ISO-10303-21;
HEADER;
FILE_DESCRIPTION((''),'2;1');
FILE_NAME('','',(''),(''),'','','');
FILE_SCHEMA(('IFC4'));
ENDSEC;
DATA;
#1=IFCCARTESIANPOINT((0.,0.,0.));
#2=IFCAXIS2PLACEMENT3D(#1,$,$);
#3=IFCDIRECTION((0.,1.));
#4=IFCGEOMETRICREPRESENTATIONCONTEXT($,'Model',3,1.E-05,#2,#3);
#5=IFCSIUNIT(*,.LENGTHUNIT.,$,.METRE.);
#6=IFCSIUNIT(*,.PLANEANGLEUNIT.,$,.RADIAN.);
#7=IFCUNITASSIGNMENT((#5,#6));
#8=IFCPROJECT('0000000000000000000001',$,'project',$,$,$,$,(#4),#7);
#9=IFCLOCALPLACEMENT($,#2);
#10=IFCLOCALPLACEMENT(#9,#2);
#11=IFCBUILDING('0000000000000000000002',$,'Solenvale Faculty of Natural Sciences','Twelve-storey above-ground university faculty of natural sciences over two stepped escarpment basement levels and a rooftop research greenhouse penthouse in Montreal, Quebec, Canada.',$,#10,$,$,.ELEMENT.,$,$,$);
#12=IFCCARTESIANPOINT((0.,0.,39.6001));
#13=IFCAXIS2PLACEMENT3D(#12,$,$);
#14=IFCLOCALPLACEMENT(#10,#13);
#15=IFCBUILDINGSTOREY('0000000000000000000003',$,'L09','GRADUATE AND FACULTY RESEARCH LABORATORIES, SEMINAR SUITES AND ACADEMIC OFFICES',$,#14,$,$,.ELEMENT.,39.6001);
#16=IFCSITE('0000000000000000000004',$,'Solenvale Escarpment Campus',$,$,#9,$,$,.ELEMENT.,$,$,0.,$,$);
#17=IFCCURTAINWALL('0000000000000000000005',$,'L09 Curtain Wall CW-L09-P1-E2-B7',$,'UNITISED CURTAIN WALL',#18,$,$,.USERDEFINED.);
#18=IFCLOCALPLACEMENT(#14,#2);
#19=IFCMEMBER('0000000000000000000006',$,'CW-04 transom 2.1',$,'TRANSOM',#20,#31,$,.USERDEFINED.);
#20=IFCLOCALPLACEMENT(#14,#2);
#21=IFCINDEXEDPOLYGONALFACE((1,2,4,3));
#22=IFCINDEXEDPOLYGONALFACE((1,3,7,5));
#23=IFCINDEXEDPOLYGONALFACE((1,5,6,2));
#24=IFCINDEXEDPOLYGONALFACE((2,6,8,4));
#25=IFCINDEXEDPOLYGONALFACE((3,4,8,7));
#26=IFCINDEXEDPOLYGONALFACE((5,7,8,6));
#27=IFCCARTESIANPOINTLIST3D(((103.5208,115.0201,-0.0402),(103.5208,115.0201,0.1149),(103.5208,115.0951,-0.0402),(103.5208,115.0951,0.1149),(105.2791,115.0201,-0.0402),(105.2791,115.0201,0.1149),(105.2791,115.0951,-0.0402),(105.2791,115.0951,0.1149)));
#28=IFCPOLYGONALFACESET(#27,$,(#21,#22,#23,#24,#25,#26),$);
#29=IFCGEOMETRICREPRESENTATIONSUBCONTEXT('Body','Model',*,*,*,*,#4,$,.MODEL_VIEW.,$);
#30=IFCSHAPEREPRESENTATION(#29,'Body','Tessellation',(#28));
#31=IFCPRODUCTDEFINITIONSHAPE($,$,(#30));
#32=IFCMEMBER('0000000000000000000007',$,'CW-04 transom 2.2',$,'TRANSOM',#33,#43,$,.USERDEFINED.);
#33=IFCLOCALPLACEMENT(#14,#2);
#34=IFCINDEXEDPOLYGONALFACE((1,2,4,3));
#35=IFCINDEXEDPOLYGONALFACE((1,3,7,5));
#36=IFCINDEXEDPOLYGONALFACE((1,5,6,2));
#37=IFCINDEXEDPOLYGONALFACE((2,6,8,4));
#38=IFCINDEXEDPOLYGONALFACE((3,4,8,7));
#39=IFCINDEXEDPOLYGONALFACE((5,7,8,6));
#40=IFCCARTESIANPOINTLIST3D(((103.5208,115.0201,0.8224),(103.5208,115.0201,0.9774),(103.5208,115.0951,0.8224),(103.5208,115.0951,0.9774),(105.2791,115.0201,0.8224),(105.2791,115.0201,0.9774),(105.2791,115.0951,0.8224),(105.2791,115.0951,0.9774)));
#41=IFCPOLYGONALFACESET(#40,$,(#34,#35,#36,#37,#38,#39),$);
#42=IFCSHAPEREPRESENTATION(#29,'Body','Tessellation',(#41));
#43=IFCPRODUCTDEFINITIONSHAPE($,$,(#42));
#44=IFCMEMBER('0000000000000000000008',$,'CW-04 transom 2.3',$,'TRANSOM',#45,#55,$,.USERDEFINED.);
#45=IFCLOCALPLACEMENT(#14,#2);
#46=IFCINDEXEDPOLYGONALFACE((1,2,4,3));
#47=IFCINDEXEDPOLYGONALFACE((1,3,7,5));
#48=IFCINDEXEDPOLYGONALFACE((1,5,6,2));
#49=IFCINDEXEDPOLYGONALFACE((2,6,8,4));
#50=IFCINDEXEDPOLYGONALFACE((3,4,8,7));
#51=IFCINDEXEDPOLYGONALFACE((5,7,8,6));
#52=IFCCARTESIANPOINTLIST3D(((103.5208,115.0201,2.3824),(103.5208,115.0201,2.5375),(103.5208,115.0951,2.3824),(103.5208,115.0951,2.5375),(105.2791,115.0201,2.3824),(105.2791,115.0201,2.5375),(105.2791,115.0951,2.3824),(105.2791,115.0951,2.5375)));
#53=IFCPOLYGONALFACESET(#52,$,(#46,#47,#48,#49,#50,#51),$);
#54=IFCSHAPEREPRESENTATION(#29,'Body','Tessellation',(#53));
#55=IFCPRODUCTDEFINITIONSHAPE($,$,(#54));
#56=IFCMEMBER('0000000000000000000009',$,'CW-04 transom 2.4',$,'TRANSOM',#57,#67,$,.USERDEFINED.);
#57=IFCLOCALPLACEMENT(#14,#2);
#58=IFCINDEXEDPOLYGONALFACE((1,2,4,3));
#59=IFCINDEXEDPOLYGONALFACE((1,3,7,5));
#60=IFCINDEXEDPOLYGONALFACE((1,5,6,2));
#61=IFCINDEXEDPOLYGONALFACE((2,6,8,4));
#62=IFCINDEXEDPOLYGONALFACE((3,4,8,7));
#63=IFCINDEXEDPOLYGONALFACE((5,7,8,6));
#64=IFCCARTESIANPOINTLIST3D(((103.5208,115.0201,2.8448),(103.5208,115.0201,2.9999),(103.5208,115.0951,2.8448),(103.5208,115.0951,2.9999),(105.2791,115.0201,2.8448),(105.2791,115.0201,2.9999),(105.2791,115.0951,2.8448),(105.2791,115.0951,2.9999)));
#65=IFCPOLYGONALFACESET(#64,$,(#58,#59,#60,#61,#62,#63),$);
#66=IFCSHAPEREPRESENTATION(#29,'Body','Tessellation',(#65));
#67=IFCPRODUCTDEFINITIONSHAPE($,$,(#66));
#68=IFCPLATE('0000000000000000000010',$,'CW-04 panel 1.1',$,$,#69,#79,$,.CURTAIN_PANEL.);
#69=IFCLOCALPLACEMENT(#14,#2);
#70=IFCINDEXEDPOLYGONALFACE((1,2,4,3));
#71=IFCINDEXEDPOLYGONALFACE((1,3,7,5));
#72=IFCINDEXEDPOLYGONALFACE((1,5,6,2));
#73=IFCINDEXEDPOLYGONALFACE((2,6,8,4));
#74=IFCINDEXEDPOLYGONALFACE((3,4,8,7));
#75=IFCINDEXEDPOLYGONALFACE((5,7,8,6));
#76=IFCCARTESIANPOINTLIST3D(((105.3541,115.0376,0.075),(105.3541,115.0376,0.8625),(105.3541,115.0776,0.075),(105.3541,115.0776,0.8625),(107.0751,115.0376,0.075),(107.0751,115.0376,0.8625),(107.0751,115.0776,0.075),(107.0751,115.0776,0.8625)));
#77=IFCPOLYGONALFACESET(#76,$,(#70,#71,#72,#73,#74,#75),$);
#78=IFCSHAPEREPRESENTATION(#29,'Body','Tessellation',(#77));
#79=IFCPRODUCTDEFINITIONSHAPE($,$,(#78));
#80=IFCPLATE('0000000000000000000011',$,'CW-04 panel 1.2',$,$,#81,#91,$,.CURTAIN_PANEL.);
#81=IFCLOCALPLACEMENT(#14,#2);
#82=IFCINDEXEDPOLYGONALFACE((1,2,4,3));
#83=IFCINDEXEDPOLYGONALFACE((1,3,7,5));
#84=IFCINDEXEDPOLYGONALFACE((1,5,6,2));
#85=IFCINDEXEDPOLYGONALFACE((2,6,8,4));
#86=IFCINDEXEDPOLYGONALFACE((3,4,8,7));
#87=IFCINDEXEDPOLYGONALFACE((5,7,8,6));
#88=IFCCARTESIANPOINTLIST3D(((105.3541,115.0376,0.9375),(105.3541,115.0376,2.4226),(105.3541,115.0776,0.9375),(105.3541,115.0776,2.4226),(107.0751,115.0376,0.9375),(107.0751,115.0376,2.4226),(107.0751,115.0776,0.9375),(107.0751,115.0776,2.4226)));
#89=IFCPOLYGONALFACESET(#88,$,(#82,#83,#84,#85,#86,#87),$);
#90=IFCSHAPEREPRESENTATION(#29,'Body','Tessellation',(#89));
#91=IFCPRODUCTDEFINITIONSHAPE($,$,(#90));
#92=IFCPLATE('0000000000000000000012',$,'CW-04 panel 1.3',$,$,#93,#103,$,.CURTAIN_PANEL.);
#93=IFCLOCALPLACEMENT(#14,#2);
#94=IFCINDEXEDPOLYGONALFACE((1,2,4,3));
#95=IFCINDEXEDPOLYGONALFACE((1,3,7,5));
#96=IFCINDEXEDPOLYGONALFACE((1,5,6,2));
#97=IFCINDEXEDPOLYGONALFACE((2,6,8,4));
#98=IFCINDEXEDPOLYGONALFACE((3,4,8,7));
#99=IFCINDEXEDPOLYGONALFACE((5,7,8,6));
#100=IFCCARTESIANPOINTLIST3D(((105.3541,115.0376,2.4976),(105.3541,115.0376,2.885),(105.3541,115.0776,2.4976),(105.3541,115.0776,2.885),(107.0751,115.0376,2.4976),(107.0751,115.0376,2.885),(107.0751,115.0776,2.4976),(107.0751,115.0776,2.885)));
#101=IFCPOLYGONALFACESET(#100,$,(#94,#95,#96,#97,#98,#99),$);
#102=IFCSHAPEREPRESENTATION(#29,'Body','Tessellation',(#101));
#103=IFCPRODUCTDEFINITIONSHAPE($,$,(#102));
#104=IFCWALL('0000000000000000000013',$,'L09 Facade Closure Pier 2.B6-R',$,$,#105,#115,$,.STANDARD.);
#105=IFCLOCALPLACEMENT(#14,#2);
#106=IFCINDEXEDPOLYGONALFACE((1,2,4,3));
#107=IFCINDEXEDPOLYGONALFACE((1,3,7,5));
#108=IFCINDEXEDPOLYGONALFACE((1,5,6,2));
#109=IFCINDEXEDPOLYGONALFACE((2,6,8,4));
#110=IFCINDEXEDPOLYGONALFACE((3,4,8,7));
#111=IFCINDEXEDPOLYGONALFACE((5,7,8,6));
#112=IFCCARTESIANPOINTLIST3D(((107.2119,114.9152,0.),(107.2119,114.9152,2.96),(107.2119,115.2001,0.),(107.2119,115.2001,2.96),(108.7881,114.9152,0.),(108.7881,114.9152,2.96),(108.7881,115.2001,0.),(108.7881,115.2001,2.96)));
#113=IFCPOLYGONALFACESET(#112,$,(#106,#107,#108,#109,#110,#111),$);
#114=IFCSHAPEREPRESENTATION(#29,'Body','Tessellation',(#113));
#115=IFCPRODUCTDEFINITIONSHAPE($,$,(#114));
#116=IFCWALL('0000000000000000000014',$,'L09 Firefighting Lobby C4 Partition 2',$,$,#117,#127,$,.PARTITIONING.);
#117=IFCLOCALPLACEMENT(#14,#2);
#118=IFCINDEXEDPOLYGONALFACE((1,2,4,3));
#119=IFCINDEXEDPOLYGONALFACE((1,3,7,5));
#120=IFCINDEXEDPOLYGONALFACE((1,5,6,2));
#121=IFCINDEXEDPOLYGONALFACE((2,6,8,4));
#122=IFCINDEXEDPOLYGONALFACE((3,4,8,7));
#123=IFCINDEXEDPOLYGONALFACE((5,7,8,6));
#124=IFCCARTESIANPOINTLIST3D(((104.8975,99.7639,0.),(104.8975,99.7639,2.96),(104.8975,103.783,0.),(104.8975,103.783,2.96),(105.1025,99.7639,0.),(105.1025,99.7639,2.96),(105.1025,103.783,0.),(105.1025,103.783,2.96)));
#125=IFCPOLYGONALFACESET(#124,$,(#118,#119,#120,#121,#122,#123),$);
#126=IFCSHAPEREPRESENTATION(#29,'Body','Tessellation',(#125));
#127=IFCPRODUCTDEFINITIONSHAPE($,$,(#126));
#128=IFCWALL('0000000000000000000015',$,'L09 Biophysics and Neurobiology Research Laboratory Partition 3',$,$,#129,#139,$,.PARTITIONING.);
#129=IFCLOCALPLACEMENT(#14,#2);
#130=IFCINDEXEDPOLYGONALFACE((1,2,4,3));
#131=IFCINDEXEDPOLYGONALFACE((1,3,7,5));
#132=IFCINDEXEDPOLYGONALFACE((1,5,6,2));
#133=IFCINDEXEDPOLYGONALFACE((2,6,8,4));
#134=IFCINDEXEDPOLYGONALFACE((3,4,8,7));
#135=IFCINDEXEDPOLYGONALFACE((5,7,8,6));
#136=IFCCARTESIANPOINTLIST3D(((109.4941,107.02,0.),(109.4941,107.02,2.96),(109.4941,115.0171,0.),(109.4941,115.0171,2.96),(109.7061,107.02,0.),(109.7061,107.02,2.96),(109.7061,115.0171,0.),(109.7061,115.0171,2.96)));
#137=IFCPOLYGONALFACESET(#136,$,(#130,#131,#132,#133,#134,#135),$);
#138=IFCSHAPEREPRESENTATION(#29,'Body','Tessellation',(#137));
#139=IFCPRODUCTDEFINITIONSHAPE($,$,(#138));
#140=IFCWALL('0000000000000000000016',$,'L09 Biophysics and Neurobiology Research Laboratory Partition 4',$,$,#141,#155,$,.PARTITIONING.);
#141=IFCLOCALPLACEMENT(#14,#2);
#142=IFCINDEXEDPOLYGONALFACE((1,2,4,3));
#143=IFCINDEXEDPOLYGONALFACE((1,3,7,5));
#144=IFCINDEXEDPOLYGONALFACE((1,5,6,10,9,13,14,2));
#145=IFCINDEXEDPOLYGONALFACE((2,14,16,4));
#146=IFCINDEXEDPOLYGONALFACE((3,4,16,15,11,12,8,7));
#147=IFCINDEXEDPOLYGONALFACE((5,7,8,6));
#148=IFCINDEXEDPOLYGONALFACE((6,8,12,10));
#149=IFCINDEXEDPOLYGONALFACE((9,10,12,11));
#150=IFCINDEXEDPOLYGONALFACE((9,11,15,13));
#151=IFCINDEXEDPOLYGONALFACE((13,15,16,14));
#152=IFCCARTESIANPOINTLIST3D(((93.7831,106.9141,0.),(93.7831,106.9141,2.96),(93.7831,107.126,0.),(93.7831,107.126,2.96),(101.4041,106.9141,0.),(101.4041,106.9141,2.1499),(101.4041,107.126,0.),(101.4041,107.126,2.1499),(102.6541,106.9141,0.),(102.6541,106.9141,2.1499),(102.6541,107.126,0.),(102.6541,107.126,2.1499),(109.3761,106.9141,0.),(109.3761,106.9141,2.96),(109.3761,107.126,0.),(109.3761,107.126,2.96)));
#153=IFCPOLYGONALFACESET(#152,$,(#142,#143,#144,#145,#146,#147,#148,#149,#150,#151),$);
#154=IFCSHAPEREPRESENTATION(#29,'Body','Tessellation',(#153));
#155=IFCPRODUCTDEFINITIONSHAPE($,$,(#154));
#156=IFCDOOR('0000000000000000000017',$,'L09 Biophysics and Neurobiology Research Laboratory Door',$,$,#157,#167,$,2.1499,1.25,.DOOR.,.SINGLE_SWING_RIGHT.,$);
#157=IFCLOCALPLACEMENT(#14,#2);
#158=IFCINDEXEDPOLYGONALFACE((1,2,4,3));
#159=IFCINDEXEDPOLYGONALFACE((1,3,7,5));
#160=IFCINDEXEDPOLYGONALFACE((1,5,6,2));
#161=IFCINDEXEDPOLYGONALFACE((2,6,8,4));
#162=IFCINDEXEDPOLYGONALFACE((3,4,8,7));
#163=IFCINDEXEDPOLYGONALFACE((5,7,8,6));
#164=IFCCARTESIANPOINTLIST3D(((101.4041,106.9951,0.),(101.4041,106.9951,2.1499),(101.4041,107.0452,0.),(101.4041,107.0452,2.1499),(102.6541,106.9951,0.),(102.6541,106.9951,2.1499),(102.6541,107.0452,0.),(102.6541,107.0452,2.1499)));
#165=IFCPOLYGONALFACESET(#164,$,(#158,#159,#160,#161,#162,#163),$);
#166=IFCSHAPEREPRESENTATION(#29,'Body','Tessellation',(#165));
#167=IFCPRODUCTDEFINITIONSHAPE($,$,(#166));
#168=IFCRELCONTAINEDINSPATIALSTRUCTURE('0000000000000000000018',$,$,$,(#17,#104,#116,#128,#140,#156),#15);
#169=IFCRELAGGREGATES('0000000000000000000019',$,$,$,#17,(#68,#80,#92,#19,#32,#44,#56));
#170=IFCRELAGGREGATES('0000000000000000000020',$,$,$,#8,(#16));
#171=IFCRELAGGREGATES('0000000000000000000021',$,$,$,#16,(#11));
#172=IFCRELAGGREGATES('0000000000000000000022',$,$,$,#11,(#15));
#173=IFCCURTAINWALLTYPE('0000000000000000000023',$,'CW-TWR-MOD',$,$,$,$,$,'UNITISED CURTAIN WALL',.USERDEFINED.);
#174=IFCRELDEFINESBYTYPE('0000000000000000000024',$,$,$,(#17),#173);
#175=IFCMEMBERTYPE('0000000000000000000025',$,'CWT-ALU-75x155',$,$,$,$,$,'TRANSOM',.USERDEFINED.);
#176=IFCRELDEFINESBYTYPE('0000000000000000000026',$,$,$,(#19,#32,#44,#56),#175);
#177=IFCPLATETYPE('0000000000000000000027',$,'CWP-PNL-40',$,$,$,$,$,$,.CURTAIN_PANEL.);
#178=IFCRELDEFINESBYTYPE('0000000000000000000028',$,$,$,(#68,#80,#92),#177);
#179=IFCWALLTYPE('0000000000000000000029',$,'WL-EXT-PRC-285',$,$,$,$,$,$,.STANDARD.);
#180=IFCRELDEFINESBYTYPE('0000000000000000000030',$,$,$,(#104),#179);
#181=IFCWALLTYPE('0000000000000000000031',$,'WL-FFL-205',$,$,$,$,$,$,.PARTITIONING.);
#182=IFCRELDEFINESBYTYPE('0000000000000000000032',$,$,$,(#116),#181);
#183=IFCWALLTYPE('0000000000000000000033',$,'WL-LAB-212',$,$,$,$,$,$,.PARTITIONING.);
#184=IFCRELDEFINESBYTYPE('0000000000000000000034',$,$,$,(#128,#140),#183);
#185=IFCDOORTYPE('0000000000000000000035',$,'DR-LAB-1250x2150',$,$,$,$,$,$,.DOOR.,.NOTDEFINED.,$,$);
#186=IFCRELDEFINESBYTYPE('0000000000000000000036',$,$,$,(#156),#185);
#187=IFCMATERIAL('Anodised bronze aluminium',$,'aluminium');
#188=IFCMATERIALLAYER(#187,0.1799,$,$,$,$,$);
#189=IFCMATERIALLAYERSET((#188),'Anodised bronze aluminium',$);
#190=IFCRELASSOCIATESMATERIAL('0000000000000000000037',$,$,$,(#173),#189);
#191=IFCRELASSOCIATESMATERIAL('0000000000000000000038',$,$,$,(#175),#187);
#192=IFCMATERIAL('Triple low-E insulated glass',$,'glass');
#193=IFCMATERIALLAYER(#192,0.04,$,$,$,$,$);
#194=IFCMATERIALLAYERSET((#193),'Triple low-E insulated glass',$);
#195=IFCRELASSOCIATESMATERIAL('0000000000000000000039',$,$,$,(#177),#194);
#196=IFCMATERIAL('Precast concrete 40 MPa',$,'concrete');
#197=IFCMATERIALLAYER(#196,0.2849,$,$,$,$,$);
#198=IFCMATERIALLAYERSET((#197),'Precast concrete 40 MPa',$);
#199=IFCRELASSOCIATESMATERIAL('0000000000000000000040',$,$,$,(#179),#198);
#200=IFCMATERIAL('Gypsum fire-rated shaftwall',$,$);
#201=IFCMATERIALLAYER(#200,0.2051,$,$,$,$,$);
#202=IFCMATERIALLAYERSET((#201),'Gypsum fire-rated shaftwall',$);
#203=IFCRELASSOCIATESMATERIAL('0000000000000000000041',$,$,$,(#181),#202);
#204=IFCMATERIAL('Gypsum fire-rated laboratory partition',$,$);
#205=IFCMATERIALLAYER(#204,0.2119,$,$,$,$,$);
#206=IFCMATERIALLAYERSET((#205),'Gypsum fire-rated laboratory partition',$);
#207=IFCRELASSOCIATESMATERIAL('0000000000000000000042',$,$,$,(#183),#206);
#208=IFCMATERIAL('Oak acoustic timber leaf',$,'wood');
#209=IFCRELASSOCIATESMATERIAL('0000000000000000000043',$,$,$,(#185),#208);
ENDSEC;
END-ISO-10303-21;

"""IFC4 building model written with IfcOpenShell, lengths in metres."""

from ifc_helpers import new_model, si_unit, direction, frame, frame_2d, origin, origin_2d, place, context, subcontext, project, spatial, rectangle, extrude, material, layer, layer_set, material_profile, profile_set, type_object, element, fill, aggregate, save


model = new_model("IFC4")

# Units and contexts
model_context = context("Model", 3, precision=1e-05, world=origin(), true_north=direction((0.0, 1.0)))
body_context = subcontext(model_context, "Body", "Model", "MODEL_VIEW")
ifc_project = project(units=[si_unit("LENGTHUNIT", "METRE"), si_unit("PLANEANGLEUNIT", "RADIAN")], contexts=[model_context])

# Site, building, storey
site_placement = place(None, origin())
site = spatial("IfcSite", under=ifc_project, at=site_placement, Name="Solenvale Escarpment Campus", CompositionType="ELEMENT", RefElevation=0.0)
building_placement = place(site_placement, origin())
building = spatial("IfcBuilding", under=site, at=building_placement, Name="Solenvale Faculty of Natural Sciences", Description="Twelve-storey above-ground university faculty of natural sciences over two stepped escarpment basement levels and a rooftop research greenhouse penthouse in Montreal, Quebec, Canada.", CompositionType="ELEMENT")
storey_placement = place(building_placement, frame((0.0, 0.0, 39.6001)))
storey = spatial("IfcBuildingStorey", under=building, at=storey_placement, Name="L09", Description="GRADUATE AND FACULTY RESEARCH LABORATORIES, SEMINAR SUITES AND ACADEMIC OFFICES", CompositionType="ELEMENT", Elevation=39.6001)

# Shared definitions
ifc_material_1 = material(Name="Anodised bronze aluminium", Category="aluminium")
ifc_layer_1 = layer(ifc_material_1, 0.1799)
ifc_layer_set_1 = layer_set([ifc_layer_1], Name="Anodised bronze aluminium")
curtain_wall_type = type_object("IfcCurtainWallType", Name="CW-TWR-MOD", ElementType="UNITISED CURTAIN WALL", PredefinedType="USERDEFINED", material=ifc_layer_set_1)

# Curtain wall, members, plates
curtain_wall_1_placement = place(storey_placement, origin())
curtain_wall_1 = element("IfcCurtainWall", 1, at=curtain_wall_1_placement, inside=storey, type_object=curtain_wall_type, Name="L09 Curtain Wall CW-L09-P1-E2-B7", ObjectType="UNITISED CURTAIN WALL", PredefinedType="USERDEFINED")
ifc_material_profile_1 = material_profile(ifc_material_1, rectangle(XDim=0.075, YDim=0.155, at=origin_2d()), Name="ALU-TRN-75x155")
ifc_profile_set_1 = profile_set([ifc_material_profile_1], Name="Anodised bronze aluminium")
member_type_1 = type_object("IfcMemberType", Name="CWT-ALU-75x155", ElementType="TRANSOM", PredefinedType="USERDEFINED", material=ifc_profile_set_1)
member_1_placement = place(storey_placement, frame((105.2791, 115.0576, 0.0374), z_axis=(-1.0, 0.0, 0.0), x_axis=(0.0, -1.0, 0.0)))
member_1 = element("IfcMember", 2, at=member_1_placement, type_object=member_type_1, Name="CW-04 transom 2.1", ObjectType="TRANSOM", PredefinedType="USERDEFINED", context=body_context, shape_type="SweptSolid", body=[
    extrude(rectangle(XDim=0.075, YDim=0.155, at=origin_2d()), origin(), (0.0, 0.0, 1.0), 1.7583),
])
member_2_placement = place(storey_placement, frame((105.2791, 115.0576, 0.8999), z_axis=(-1.0, 0.0, 0.0), x_axis=(0.0, -1.0, 0.0)))
member_2 = element("IfcMember", 3, at=member_2_placement, type_object=member_type_1, Name="CW-04 transom 2.2", ObjectType="TRANSOM", PredefinedType="USERDEFINED", context=body_context, shape_type="SweptSolid", body=[
    extrude(rectangle(XDim=0.075, YDim=0.155, at=origin_2d()), origin(), (0.0, 0.0, 1.0), 1.7583),
])
member_3_placement = place(storey_placement, frame((105.2791, 115.0576, 2.46), z_axis=(-1.0, 0.0, 0.0), x_axis=(0.0, -1.0, 0.0)))
member_3 = element("IfcMember", 4, at=member_3_placement, type_object=member_type_1, Name="CW-04 transom 2.3", ObjectType="TRANSOM", PredefinedType="USERDEFINED", context=body_context, shape_type="SweptSolid", body=[
    extrude(rectangle(XDim=0.075, YDim=0.155, at=origin_2d()), origin(), (0.0, 0.0, 1.0), 1.7583),
])
member_4_placement = place(storey_placement, frame((105.2791, 115.0576, 2.9224), z_axis=(-1.0, 0.0, 0.0), x_axis=(0.0, -1.0, 0.0)))
member_4 = element("IfcMember", 5, at=member_4_placement, type_object=member_type_1, Name="CW-04 transom 2.4", ObjectType="TRANSOM", PredefinedType="USERDEFINED", context=body_context, shape_type="SweptSolid", body=[
    extrude(rectangle(XDim=0.075, YDim=0.155, at=origin_2d()), origin(), (0.0, 0.0, 1.0), 1.7583),
])
ifc_material_2 = material(Name="Triple low-E insulated glass", Category="glass")
ifc_layer_2 = layer(ifc_material_2, 0.04)
ifc_layer_set_2 = layer_set([ifc_layer_2], Name="Triple low-E insulated glass")
plate_type = type_object("IfcPlateType", Name="CWP-PNL-40", PredefinedType="CURTAIN_PANEL", material=ifc_layer_set_2)
plate_1_placement = place(storey_placement, frame((106.2146, 115.0576, 0.075), z_axis=(0.0, 0.0, 1.0), x_axis=(-1.0, 0.0, 0.0)))
plate_1 = element("IfcPlate", 6, at=plate_1_placement, type_object=plate_type, Name="CW-04 panel 1.1", PredefinedType="CURTAIN_PANEL", context=body_context, shape_type="SweptSolid", body=[
    extrude(rectangle(XDim=1.7209, YDim=0.04, at=origin_2d()), origin(), (0.0, 0.0, 1.0), 0.7876),
])
plate_2_placement = place(storey_placement, frame((106.2146, 115.0576, 0.9375), z_axis=(0.0, 0.0, 1.0), x_axis=(-1.0, 0.0, 0.0)))
plate_2 = element("IfcPlate", 7, at=plate_2_placement, type_object=plate_type, Name="CW-04 panel 1.2", PredefinedType="CURTAIN_PANEL", context=body_context, shape_type="SweptSolid", body=[
    extrude(rectangle(XDim=1.7209, YDim=0.04, at=origin_2d()), origin(), (0.0, 0.0, 1.0), 1.4851),
])
plate_3_placement = place(storey_placement, frame((106.2146, 115.0576, 2.4976), z_axis=(0.0, 0.0, 1.0), x_axis=(-1.0, 0.0, 0.0)))
plate_3 = element("IfcPlate", 8, at=plate_3_placement, type_object=plate_type, Name="CW-04 panel 1.3", PredefinedType="CURTAIN_PANEL", context=body_context, shape_type="SweptSolid", body=[
    extrude(rectangle(XDim=1.7209, YDim=0.04, at=origin_2d()), origin(), (0.0, 0.0, 1.0), 0.3875),
])
aggregate(curtain_wall_1, [plate_1, plate_2, plate_3, member_1, member_2, member_3, member_4])

# Walls
ifc_material_3 = material(Name="Precast concrete 40 MPa", Category="concrete")
ifc_layer_3 = layer(ifc_material_3, 0.2849)
ifc_layer_set_3 = layer_set([ifc_layer_3], Name="Precast concrete 40 MPa")
wall_type_1 = type_object("IfcWallType", Name="WL-EXT-PRC-285", PredefinedType="STANDARD", material=ifc_layer_set_3)
wall_1_placement = place(storey_placement, frame((108.7881, 115.0576, 0.0), z_axis=(0.0, 0.0, 1.0), x_axis=(-1.0, 0.0, 0.0)))
element("IfcWall", 9, at=wall_1_placement, inside=storey, type_object=wall_type_1, Name="L09 Facade Closure Pier 2.B6-R", PredefinedType="STANDARD", context=body_context, shape_type="SweptSolid", body=[
    extrude(rectangle(XDim=1.5762, YDim=0.2849, at=frame_2d((0.7881, 0.0))), origin(), (0.0, 0.0, 1.0), 2.96),
])
ifc_material_4 = material(Name="Gypsum fire-rated shaftwall")
ifc_layer_4 = layer(ifc_material_4, 0.2051)
ifc_layer_set_4 = layer_set([ifc_layer_4], Name="Gypsum fire-rated shaftwall")
wall_type_2 = type_object("IfcWallType", Name="WL-FFL-205", PredefinedType="PARTITIONING", material=ifc_layer_set_4)
wall_2_placement = place(storey_placement, frame((105.0, 103.783, 0.0), z_axis=(0.0, 0.0, 1.0), x_axis=(0.0, -1.0, 0.0)))
element("IfcWall", 10, at=wall_2_placement, inside=storey, type_object=wall_type_2, Name="L09 Firefighting Lobby C4 Partition 2", PredefinedType="PARTITIONING", context=body_context, shape_type="SweptSolid", body=[
    extrude(rectangle(XDim=4.019, YDim=0.2051, at=frame_2d((2.0095, 0.0))), origin(), (0.0, 0.0, 1.0), 2.96),
])
ifc_material_5 = material(Name="Gypsum fire-rated laboratory partition")
ifc_layer_5 = layer(ifc_material_5, 0.2119)
ifc_layer_set_5 = layer_set([ifc_layer_5], Name="Gypsum fire-rated laboratory partition")
wall_type_3 = type_object("IfcWallType", Name="WL-LAB-212", PredefinedType="PARTITIONING", material=ifc_layer_set_5)
wall_3_placement = place(storey_placement, frame((109.6001, 115.0171, 0.0), z_axis=(0.0, 0.0, 1.0), x_axis=(0.0, -1.0, 0.0)))
element("IfcWall", 11, at=wall_3_placement, inside=storey, type_object=wall_type_3, Name="L09 Biophysics and Neurobiology Research Laboratory Partition 3", PredefinedType="PARTITIONING", context=body_context, shape_type="SweptSolid", body=[
    extrude(rectangle(XDim=7.9971, YDim=0.2119, at=frame_2d((3.9985, 0.0))), origin(), (0.0, 0.0, 1.0), 2.96),
])

# Wall, opening, door
wall_4_placement = place(storey_placement, frame((109.376, 107.02, 0.0), z_axis=(0.0, 0.0, 1.0), x_axis=(-1.0, 0.0, 0.0)))
wall_4 = element("IfcWall", 12, at=wall_4_placement, inside=storey, type_object=wall_type_3, Name="L09 Biophysics and Neurobiology Research Laboratory Partition 4", PredefinedType="PARTITIONING", context=body_context, shape_type="SweptSolid", body=[
    extrude(rectangle(XDim=15.593, YDim=0.2119, at=frame_2d((7.7964, 0.0))), origin(), (0.0, 0.0, 1.0), 2.96),
])
opening_placement = place(wall_4_placement, frame((6.7219, 0.0, 0.0)))
opening = element("IfcOpeningElement", 13, at=opening_placement, cuts=wall_4, PredefinedType="OPENING", context=body_context, shape_type="SweptSolid", body=[
    extrude(rectangle(XDim=1.25, YDim=2.1499, at=frame_2d((0.625, 1.075))), frame((0.0, 0.116, 0.0), z_axis=(0.0, -1.0, 0.0), x_axis=(1.0, 0.0, 0.0)), (0.0, 0.0, 1.0), 0.2319),
])
ifc_material_6 = material(Name="Oak acoustic timber leaf", Category="wood")
door_type = type_object("IfcDoorType", Name="DR-LAB-1250x2150", OperationType="NOTDEFINED", PredefinedType="DOOR", material=ifc_material_6)
door_placement = place(opening_placement, origin())
door = element("IfcDoor", 14, at=door_placement, inside=storey, type_object=door_type, Name="L09 Biophysics and Neurobiology Research Laboratory Door", OperationType="SINGLE_SWING_RIGHT", OverallHeight=2.1499, OverallWidth=1.25, PredefinedType="DOOR", context=body_context, shape_type="SweptSolid", body=[
    extrude(rectangle(XDim=1.25, YDim=2.1499, at=frame_2d((0.625, 1.075))), frame((0.0, 0.0249, 0.0), z_axis=(0.0, -1.0, 0.0), x_axis=(1.0, 0.0, 0.0)), (0.0, 0.0, 1.0), 0.05),
])
fill(opening, door)

save(model, "model.ifc")
